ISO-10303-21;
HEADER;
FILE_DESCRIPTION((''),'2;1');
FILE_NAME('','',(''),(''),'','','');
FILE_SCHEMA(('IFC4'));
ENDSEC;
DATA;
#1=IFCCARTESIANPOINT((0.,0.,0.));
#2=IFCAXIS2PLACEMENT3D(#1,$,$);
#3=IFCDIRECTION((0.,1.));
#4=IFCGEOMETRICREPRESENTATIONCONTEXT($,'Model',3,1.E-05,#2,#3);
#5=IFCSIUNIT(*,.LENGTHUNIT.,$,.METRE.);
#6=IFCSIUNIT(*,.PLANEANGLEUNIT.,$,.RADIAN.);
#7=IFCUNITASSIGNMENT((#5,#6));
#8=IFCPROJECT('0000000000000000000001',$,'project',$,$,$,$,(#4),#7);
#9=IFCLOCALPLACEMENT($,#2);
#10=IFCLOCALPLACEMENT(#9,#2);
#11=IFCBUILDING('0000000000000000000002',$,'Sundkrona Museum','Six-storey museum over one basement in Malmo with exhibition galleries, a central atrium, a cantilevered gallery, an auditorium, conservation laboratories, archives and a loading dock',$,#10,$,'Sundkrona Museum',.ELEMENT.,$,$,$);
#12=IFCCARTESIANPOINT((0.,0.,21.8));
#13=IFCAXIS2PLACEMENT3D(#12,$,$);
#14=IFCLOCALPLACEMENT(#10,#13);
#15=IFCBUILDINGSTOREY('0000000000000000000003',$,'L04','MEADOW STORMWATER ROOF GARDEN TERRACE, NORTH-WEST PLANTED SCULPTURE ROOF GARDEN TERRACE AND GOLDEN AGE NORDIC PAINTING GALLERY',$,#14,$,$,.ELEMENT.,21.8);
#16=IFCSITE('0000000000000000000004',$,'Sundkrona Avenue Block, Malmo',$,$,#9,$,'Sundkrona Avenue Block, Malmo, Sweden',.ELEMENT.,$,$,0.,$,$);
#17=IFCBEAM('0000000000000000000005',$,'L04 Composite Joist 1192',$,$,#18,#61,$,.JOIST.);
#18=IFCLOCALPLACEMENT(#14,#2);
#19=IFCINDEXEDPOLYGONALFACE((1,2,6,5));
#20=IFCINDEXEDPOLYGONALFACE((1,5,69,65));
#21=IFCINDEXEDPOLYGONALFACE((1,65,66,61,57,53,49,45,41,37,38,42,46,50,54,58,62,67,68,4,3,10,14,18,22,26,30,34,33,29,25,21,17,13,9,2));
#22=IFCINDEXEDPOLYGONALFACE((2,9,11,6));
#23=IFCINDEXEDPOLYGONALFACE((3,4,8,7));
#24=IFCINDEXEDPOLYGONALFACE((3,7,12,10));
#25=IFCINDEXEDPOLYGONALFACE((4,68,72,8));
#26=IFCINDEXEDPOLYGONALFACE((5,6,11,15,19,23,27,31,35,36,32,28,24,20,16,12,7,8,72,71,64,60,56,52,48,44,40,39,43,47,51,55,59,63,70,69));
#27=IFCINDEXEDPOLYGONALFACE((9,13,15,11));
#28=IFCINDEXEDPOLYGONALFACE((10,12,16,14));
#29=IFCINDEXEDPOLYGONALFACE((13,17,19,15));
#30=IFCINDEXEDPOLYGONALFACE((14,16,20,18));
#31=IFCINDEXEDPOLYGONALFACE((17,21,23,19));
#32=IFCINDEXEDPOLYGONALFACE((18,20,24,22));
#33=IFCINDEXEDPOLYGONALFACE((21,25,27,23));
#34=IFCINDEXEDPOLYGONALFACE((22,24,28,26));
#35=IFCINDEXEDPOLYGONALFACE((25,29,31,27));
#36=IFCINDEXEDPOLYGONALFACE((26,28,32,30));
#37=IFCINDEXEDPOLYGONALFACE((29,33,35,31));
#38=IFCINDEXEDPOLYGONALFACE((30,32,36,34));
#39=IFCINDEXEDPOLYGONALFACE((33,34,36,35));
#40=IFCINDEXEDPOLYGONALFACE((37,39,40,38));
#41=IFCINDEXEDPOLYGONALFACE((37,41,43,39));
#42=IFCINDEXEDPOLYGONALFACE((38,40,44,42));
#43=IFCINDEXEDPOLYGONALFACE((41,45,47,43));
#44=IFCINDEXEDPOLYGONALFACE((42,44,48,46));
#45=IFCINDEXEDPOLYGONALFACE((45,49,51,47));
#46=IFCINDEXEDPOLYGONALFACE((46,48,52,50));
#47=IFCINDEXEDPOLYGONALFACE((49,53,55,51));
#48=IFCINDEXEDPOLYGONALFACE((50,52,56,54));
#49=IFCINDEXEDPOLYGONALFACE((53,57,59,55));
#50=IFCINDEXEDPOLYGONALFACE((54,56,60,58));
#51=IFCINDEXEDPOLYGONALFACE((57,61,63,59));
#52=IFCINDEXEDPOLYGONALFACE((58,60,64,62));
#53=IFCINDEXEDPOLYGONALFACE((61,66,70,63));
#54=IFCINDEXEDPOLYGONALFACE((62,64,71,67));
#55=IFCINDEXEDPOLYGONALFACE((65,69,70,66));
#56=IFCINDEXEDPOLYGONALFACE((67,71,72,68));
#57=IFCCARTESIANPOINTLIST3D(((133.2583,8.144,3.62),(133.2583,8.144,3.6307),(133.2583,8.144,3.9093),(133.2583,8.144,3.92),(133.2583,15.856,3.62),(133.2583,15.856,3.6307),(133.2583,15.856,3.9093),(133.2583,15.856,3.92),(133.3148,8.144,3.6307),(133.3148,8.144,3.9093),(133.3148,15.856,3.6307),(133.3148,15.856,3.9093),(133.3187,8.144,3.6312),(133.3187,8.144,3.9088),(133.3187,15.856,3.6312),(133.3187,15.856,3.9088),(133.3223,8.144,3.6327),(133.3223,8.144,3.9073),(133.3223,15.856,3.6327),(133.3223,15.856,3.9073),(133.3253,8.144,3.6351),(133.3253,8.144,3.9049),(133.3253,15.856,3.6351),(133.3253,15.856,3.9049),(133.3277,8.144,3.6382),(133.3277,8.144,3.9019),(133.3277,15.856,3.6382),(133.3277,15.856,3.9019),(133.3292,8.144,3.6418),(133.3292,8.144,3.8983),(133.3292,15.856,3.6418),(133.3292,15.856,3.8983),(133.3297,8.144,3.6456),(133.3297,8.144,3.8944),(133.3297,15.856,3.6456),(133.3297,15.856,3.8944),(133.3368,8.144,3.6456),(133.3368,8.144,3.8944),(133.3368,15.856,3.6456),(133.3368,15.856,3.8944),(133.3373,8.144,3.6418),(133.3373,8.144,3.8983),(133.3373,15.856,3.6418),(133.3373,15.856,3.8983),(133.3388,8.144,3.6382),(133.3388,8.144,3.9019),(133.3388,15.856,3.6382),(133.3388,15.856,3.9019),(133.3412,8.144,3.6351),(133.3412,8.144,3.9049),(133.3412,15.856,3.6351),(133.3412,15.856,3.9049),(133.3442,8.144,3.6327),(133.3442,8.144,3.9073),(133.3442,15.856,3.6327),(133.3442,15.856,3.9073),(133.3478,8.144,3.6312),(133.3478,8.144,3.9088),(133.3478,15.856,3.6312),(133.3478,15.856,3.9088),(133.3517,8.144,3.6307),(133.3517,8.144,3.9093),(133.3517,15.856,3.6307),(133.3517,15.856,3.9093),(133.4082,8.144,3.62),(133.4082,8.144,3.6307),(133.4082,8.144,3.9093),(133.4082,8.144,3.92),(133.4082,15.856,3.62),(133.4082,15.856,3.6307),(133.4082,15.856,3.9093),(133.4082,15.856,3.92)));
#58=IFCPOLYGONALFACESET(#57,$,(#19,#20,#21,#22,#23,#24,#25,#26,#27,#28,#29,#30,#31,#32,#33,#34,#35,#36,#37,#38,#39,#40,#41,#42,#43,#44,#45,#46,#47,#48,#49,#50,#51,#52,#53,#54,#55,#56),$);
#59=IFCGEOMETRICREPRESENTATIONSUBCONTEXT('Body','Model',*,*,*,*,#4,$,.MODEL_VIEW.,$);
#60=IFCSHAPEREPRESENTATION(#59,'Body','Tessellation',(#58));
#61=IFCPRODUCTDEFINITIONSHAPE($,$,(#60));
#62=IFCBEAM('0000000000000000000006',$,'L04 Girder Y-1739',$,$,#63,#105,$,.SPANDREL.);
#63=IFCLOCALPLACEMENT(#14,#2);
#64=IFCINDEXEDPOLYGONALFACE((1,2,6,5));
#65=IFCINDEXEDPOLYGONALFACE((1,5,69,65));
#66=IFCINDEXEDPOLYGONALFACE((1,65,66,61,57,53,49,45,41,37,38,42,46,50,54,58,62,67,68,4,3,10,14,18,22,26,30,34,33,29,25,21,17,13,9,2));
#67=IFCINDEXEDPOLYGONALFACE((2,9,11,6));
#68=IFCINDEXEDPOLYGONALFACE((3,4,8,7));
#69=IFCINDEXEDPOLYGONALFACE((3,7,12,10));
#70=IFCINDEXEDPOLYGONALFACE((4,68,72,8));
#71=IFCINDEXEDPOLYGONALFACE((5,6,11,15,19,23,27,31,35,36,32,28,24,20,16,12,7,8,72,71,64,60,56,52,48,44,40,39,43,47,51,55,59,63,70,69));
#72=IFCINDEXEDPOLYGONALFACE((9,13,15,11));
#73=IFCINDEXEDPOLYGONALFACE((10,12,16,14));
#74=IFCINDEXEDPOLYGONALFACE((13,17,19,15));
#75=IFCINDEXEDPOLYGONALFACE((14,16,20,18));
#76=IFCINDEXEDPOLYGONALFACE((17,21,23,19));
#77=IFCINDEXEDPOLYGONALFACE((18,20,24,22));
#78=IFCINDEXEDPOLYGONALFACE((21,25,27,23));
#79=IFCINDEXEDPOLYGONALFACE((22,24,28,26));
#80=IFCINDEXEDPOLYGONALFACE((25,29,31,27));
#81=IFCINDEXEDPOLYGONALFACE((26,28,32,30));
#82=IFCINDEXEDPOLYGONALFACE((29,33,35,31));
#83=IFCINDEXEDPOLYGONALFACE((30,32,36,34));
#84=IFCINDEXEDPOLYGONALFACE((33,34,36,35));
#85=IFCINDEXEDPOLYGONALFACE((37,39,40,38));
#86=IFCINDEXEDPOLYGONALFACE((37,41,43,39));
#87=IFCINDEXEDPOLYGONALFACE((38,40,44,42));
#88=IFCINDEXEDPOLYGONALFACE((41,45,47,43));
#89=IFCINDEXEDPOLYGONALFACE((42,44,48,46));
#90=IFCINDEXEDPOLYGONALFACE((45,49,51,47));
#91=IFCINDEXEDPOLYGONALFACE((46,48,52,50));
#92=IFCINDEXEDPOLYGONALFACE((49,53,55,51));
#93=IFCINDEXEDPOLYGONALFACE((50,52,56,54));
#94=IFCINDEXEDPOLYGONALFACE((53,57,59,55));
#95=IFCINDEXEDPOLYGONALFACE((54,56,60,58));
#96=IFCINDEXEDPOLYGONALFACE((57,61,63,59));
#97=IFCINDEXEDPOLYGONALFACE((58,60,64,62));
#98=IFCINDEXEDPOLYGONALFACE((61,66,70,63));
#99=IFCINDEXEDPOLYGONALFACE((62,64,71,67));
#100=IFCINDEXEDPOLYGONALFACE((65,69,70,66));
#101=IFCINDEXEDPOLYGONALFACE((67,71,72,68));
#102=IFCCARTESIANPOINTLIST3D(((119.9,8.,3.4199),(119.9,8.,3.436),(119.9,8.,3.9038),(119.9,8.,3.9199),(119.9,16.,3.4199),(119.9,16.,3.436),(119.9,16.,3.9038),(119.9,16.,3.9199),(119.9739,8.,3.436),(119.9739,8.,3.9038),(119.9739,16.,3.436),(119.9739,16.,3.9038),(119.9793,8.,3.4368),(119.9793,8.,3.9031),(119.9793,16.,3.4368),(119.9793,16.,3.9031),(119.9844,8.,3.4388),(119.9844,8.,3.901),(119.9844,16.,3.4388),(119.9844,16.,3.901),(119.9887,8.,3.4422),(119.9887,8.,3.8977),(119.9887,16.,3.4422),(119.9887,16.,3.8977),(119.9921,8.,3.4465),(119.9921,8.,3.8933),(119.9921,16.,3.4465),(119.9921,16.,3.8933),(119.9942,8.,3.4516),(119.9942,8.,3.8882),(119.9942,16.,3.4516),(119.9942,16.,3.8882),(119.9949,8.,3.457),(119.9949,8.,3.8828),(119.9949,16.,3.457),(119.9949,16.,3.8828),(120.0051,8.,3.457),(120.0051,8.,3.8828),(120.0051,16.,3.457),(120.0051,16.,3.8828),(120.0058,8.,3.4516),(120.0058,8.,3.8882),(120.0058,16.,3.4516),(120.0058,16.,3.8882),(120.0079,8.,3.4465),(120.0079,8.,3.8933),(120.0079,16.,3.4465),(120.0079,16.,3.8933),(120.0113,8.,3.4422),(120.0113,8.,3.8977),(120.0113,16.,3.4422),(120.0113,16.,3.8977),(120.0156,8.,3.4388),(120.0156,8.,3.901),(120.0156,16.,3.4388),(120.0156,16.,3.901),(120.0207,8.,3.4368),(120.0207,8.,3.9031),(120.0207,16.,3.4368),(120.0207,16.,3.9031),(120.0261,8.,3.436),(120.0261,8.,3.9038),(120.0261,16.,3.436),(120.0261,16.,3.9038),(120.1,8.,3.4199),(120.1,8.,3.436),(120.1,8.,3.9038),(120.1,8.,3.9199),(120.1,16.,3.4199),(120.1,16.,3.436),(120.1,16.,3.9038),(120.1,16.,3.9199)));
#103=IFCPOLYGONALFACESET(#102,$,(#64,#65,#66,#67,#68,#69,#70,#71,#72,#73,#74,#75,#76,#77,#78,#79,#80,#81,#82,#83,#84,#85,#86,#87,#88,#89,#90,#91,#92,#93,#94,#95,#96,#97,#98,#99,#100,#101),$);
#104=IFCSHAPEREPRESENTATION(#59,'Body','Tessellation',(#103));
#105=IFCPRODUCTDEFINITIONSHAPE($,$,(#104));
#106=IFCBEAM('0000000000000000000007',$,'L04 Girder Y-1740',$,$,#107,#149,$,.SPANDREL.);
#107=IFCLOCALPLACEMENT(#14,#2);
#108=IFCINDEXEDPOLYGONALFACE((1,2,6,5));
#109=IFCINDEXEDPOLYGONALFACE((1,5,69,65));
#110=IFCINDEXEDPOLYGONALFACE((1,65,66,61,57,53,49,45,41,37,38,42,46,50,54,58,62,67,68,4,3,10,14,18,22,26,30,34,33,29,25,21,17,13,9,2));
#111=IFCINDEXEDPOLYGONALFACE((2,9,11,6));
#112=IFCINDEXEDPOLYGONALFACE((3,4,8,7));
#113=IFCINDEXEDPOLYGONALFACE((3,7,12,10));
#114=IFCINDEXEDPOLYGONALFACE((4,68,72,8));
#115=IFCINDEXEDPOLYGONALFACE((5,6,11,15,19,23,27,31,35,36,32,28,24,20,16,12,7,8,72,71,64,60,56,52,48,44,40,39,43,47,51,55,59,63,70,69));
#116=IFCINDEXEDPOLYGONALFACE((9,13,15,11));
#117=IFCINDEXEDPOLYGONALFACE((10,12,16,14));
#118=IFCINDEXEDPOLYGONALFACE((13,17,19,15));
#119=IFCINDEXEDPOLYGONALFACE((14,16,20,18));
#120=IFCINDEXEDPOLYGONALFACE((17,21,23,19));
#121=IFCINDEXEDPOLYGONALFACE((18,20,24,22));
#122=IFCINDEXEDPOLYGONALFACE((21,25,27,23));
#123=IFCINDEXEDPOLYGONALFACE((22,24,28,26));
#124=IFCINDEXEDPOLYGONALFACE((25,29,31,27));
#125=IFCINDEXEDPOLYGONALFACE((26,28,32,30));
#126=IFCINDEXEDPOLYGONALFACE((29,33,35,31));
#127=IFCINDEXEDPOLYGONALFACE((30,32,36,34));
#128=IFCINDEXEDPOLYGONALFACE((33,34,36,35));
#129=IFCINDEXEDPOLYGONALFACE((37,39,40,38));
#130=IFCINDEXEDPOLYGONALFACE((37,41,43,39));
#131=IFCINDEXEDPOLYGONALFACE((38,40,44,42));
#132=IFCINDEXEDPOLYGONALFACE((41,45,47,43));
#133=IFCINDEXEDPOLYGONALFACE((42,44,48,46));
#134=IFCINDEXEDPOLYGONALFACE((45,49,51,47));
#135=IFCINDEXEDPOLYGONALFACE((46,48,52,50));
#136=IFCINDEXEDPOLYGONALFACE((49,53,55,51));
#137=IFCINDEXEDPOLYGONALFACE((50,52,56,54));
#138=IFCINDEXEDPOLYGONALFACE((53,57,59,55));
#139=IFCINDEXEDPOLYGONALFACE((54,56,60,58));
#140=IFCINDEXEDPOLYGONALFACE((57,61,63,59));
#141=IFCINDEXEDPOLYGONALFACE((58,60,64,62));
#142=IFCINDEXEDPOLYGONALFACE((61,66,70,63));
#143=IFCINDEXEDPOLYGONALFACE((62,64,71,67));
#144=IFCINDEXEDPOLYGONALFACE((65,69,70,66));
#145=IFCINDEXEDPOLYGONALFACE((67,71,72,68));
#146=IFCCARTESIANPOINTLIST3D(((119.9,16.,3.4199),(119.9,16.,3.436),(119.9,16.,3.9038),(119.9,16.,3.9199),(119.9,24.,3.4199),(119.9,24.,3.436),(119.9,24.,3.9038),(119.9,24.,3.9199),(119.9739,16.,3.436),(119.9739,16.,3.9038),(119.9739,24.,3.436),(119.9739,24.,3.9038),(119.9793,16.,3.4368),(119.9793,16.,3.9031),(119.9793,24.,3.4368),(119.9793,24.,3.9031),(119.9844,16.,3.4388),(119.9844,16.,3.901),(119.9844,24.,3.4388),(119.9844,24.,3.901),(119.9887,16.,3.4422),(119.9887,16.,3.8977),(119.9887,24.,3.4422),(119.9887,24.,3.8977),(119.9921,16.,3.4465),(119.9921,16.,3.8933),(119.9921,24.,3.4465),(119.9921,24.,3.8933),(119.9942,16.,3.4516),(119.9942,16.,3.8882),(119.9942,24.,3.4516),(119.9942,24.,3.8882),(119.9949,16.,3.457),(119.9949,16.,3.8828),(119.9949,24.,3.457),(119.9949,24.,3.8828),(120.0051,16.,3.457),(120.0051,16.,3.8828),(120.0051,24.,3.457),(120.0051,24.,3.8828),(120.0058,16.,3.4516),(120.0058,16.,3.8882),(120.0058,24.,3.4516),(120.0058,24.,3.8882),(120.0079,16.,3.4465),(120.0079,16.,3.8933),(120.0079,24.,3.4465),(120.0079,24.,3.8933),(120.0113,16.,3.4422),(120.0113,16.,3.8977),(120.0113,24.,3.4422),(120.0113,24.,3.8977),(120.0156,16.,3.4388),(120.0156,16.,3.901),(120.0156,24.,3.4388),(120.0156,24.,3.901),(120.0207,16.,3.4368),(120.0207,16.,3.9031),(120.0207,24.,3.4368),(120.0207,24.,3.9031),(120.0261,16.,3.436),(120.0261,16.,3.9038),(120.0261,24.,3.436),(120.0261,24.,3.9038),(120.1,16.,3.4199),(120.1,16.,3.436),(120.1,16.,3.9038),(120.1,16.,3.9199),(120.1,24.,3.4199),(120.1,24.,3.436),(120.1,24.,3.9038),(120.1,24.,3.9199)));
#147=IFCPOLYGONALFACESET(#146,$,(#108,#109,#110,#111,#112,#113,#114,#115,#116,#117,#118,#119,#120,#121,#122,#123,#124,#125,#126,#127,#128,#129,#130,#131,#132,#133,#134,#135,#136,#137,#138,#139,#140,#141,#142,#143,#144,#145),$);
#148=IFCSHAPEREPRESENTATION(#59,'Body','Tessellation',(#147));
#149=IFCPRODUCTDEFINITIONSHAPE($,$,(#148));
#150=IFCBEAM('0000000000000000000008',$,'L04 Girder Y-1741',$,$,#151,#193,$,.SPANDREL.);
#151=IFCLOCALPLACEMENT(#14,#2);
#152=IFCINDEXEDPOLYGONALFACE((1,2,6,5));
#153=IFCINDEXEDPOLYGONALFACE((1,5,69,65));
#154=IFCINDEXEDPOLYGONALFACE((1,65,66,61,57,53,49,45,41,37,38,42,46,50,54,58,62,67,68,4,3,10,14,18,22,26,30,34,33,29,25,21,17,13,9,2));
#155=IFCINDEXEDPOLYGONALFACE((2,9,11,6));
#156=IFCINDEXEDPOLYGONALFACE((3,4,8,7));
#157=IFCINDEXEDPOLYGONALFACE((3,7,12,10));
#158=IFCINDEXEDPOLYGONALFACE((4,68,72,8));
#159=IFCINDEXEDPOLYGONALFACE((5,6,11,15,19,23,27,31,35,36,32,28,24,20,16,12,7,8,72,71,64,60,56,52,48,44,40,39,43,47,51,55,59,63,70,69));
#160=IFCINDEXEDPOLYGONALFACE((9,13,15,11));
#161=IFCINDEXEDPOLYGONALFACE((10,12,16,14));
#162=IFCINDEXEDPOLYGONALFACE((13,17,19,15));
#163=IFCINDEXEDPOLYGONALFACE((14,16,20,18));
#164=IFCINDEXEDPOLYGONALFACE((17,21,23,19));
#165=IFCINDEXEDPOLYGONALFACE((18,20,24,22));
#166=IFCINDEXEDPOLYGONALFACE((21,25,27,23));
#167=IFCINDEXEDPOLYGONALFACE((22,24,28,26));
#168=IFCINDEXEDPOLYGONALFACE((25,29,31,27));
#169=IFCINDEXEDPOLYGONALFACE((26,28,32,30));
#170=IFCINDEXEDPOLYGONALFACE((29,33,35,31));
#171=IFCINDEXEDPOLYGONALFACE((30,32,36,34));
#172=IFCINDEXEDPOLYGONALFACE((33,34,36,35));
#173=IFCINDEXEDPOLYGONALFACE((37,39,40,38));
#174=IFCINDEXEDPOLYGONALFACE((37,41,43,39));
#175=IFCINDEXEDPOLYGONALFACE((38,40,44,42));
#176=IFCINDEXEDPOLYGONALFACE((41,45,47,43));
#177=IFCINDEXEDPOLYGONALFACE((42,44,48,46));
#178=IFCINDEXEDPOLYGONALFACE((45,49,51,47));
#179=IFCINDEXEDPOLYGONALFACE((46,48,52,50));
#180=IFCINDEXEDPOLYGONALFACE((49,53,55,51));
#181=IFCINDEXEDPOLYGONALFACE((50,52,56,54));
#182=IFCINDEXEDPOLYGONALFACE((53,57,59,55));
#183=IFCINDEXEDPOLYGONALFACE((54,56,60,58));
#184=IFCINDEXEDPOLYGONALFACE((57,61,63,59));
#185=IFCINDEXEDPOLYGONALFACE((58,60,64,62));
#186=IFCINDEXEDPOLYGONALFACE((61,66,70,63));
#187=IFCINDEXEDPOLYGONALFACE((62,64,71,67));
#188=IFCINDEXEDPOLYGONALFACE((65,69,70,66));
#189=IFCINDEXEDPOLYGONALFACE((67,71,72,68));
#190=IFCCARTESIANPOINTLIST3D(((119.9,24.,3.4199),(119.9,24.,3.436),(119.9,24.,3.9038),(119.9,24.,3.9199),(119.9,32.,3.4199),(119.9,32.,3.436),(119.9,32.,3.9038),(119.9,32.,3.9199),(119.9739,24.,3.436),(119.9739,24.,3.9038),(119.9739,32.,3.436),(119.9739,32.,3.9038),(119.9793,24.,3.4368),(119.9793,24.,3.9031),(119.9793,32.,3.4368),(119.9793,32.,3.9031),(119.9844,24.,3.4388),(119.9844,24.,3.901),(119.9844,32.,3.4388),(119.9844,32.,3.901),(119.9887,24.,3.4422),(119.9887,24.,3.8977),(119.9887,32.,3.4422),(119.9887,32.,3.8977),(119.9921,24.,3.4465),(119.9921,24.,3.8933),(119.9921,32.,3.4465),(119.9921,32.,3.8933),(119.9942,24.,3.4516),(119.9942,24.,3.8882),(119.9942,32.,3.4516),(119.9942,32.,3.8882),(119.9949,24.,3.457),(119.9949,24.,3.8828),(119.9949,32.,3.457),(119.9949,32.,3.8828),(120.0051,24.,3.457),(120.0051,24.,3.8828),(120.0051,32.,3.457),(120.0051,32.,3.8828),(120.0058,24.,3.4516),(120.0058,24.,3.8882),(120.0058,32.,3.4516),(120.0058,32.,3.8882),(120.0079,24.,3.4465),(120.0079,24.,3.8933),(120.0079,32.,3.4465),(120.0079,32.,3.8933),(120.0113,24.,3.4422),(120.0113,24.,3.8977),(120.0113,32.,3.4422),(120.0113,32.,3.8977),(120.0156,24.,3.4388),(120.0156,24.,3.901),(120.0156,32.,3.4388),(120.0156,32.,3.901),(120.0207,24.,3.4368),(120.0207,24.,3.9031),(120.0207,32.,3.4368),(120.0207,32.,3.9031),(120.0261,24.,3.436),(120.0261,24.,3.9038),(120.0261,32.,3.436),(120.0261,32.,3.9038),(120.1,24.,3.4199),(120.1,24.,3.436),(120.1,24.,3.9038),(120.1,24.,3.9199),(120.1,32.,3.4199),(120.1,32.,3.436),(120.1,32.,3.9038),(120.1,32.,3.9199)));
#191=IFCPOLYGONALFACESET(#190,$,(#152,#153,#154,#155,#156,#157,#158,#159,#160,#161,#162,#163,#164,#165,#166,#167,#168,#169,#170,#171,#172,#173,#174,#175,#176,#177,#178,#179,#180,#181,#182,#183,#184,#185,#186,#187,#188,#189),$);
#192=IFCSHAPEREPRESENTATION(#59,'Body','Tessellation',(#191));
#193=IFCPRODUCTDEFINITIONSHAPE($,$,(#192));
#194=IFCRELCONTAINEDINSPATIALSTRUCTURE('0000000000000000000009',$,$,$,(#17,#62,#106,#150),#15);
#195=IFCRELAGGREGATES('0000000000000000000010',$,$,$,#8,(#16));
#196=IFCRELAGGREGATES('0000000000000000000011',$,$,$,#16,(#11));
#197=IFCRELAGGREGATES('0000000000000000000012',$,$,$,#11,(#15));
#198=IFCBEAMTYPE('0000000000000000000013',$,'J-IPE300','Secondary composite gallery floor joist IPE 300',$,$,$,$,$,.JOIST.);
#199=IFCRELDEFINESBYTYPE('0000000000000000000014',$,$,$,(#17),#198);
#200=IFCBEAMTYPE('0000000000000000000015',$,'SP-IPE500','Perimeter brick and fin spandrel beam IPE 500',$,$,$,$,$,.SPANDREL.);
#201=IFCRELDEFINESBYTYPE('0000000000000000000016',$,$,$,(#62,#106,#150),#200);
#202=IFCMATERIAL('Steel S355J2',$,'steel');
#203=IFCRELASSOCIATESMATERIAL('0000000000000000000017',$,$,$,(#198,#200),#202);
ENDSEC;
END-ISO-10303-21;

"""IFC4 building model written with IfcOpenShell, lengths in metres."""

from ifc_helpers import new_model, si_unit, direction, frame, origin, origin_2d, place, context, subcontext, project, spatial, i_section, extrude, material, material_profile, profile_set, type_object, element, save


model = new_model("IFC4")

# Units and contexts
model_context = context("Model", 3, precision=1e-05, world=origin(), true_north=direction((0.0, 1.0)))
body_context = subcontext(model_context, "Body", "Model", "MODEL_VIEW")
ifc_project = project(units=[si_unit("LENGTHUNIT", "METRE"), si_unit("PLANEANGLEUNIT", "RADIAN")], contexts=[model_context])

# Site, building, storey
site_placement = place(None, origin())
site = spatial("IfcSite", under=ifc_project, at=site_placement, Name="Sundkrona Avenue Block, Malmo", LongName="Sundkrona Avenue Block, Malmo, Sweden", CompositionType="ELEMENT", RefElevation=0.0)
building_placement = place(site_placement, origin())
building = spatial("IfcBuilding", under=site, at=building_placement, Name="Sundkrona Museum", Description="Six-storey museum over one basement in Malmo with exhibition galleries, a central atrium, a cantilevered gallery, an auditorium, conservation laboratories, archives and a loading dock", LongName="Sundkrona Museum", CompositionType="ELEMENT")
storey_placement = place(building_placement, frame((0.0, 0.0, 21.8)))
storey = spatial("IfcBuildingStorey", under=building, at=storey_placement, Name="L04", Description="MEADOW STORMWATER ROOF GARDEN TERRACE, NORTH-WEST PLANTED SCULPTURE ROOF GARDEN TERRACE AND GOLDEN AGE NORDIC PAINTING GALLERY", CompositionType="ELEMENT", Elevation=21.8)

# Shared definitions
ifc_material_1 = material(Name="Steel S355J2", Category="steel")

# Beams
ifc_material_profile_1 = material_profile(ifc_material_1, i_section(OverallWidth=0.1499, OverallDepth=0.3, WebThickness=0.0071, FlangeThickness=0.0107, FilletRadius=0.0149, at=origin_2d()), Name="IPE 300")
ifc_profile_set_1 = profile_set([ifc_material_profile_1], Name="Steel S355J2")
beam_type_1 = type_object("IfcBeamType", Name="J-IPE300", Description="Secondary composite gallery floor joist IPE 300", PredefinedType="JOIST", material=ifc_profile_set_1)
for number, where, z_axis, x_axis, name in (
    (1, (133.3333, 8.144, 3.77), (0.0, 1.0, 0.0), (-1.0, 0.0, 0.0), "L04 Composite Joist 1192"),
):
    element("IfcBeam", number, at=place(storey_placement, frame(where, z_axis=z_axis, x_axis=x_axis)), inside=storey, type_object=beam_type_1, Name=name, PredefinedType="JOIST", context=body_context, shape_type="SweptSolid", body=[
        extrude(i_section(OverallWidth=0.1499, OverallDepth=0.3, WebThickness=0.0071, FlangeThickness=0.0107, FilletRadius=0.0149, at=origin_2d()), origin(), (0.0, 0.0, 1.0), 7.7119),
    ])
ifc_material_profile_2 = material_profile(ifc_material_1, i_section(OverallWidth=0.2, OverallDepth=0.5, WebThickness=0.0103, FlangeThickness=0.0161, FilletRadius=0.021, at=origin_2d()), Name="IPE 500")
ifc_profile_set_2 = profile_set([ifc_material_profile_2], Name="Steel S355J2")
beam_type_2 = type_object("IfcBeamType", Name="SP-IPE500", Description="Perimeter brick and fin spandrel beam IPE 500", PredefinedType="SPANDREL", material=ifc_profile_set_2)
for number, where, z_axis, x_axis, name in (
    (2, (120.0, 8.0, 3.6699), (0.0, 1.0, 0.0), (-1.0, 0.0, 0.0), "L04 Girder Y-1739"),
    (3, (120.0, 16.0, 3.6699), (0.0, 1.0, 0.0), (-1.0, 0.0, 0.0), "L04 Girder Y-1740"),
    (4, (120.0, 24.0, 3.6699), (0.0, 1.0, 0.0), (-1.0, 0.0, 0.0), "L04 Girder Y-1741"),
):
    element("IfcBeam", number, at=place(storey_placement, frame(where, z_axis=z_axis, x_axis=x_axis)), inside=storey, type_object=beam_type_2, Name=name, PredefinedType="SPANDREL", context=body_context, shape_type="SweptSolid", body=[
        extrude(i_section(OverallWidth=0.2, OverallDepth=0.5, WebThickness=0.0103, FlangeThickness=0.0161, FilletRadius=0.021, at=origin_2d()), origin(), (0.0, 0.0, 1.0), 8.0),
    ])

save(model, "model.ifc")
